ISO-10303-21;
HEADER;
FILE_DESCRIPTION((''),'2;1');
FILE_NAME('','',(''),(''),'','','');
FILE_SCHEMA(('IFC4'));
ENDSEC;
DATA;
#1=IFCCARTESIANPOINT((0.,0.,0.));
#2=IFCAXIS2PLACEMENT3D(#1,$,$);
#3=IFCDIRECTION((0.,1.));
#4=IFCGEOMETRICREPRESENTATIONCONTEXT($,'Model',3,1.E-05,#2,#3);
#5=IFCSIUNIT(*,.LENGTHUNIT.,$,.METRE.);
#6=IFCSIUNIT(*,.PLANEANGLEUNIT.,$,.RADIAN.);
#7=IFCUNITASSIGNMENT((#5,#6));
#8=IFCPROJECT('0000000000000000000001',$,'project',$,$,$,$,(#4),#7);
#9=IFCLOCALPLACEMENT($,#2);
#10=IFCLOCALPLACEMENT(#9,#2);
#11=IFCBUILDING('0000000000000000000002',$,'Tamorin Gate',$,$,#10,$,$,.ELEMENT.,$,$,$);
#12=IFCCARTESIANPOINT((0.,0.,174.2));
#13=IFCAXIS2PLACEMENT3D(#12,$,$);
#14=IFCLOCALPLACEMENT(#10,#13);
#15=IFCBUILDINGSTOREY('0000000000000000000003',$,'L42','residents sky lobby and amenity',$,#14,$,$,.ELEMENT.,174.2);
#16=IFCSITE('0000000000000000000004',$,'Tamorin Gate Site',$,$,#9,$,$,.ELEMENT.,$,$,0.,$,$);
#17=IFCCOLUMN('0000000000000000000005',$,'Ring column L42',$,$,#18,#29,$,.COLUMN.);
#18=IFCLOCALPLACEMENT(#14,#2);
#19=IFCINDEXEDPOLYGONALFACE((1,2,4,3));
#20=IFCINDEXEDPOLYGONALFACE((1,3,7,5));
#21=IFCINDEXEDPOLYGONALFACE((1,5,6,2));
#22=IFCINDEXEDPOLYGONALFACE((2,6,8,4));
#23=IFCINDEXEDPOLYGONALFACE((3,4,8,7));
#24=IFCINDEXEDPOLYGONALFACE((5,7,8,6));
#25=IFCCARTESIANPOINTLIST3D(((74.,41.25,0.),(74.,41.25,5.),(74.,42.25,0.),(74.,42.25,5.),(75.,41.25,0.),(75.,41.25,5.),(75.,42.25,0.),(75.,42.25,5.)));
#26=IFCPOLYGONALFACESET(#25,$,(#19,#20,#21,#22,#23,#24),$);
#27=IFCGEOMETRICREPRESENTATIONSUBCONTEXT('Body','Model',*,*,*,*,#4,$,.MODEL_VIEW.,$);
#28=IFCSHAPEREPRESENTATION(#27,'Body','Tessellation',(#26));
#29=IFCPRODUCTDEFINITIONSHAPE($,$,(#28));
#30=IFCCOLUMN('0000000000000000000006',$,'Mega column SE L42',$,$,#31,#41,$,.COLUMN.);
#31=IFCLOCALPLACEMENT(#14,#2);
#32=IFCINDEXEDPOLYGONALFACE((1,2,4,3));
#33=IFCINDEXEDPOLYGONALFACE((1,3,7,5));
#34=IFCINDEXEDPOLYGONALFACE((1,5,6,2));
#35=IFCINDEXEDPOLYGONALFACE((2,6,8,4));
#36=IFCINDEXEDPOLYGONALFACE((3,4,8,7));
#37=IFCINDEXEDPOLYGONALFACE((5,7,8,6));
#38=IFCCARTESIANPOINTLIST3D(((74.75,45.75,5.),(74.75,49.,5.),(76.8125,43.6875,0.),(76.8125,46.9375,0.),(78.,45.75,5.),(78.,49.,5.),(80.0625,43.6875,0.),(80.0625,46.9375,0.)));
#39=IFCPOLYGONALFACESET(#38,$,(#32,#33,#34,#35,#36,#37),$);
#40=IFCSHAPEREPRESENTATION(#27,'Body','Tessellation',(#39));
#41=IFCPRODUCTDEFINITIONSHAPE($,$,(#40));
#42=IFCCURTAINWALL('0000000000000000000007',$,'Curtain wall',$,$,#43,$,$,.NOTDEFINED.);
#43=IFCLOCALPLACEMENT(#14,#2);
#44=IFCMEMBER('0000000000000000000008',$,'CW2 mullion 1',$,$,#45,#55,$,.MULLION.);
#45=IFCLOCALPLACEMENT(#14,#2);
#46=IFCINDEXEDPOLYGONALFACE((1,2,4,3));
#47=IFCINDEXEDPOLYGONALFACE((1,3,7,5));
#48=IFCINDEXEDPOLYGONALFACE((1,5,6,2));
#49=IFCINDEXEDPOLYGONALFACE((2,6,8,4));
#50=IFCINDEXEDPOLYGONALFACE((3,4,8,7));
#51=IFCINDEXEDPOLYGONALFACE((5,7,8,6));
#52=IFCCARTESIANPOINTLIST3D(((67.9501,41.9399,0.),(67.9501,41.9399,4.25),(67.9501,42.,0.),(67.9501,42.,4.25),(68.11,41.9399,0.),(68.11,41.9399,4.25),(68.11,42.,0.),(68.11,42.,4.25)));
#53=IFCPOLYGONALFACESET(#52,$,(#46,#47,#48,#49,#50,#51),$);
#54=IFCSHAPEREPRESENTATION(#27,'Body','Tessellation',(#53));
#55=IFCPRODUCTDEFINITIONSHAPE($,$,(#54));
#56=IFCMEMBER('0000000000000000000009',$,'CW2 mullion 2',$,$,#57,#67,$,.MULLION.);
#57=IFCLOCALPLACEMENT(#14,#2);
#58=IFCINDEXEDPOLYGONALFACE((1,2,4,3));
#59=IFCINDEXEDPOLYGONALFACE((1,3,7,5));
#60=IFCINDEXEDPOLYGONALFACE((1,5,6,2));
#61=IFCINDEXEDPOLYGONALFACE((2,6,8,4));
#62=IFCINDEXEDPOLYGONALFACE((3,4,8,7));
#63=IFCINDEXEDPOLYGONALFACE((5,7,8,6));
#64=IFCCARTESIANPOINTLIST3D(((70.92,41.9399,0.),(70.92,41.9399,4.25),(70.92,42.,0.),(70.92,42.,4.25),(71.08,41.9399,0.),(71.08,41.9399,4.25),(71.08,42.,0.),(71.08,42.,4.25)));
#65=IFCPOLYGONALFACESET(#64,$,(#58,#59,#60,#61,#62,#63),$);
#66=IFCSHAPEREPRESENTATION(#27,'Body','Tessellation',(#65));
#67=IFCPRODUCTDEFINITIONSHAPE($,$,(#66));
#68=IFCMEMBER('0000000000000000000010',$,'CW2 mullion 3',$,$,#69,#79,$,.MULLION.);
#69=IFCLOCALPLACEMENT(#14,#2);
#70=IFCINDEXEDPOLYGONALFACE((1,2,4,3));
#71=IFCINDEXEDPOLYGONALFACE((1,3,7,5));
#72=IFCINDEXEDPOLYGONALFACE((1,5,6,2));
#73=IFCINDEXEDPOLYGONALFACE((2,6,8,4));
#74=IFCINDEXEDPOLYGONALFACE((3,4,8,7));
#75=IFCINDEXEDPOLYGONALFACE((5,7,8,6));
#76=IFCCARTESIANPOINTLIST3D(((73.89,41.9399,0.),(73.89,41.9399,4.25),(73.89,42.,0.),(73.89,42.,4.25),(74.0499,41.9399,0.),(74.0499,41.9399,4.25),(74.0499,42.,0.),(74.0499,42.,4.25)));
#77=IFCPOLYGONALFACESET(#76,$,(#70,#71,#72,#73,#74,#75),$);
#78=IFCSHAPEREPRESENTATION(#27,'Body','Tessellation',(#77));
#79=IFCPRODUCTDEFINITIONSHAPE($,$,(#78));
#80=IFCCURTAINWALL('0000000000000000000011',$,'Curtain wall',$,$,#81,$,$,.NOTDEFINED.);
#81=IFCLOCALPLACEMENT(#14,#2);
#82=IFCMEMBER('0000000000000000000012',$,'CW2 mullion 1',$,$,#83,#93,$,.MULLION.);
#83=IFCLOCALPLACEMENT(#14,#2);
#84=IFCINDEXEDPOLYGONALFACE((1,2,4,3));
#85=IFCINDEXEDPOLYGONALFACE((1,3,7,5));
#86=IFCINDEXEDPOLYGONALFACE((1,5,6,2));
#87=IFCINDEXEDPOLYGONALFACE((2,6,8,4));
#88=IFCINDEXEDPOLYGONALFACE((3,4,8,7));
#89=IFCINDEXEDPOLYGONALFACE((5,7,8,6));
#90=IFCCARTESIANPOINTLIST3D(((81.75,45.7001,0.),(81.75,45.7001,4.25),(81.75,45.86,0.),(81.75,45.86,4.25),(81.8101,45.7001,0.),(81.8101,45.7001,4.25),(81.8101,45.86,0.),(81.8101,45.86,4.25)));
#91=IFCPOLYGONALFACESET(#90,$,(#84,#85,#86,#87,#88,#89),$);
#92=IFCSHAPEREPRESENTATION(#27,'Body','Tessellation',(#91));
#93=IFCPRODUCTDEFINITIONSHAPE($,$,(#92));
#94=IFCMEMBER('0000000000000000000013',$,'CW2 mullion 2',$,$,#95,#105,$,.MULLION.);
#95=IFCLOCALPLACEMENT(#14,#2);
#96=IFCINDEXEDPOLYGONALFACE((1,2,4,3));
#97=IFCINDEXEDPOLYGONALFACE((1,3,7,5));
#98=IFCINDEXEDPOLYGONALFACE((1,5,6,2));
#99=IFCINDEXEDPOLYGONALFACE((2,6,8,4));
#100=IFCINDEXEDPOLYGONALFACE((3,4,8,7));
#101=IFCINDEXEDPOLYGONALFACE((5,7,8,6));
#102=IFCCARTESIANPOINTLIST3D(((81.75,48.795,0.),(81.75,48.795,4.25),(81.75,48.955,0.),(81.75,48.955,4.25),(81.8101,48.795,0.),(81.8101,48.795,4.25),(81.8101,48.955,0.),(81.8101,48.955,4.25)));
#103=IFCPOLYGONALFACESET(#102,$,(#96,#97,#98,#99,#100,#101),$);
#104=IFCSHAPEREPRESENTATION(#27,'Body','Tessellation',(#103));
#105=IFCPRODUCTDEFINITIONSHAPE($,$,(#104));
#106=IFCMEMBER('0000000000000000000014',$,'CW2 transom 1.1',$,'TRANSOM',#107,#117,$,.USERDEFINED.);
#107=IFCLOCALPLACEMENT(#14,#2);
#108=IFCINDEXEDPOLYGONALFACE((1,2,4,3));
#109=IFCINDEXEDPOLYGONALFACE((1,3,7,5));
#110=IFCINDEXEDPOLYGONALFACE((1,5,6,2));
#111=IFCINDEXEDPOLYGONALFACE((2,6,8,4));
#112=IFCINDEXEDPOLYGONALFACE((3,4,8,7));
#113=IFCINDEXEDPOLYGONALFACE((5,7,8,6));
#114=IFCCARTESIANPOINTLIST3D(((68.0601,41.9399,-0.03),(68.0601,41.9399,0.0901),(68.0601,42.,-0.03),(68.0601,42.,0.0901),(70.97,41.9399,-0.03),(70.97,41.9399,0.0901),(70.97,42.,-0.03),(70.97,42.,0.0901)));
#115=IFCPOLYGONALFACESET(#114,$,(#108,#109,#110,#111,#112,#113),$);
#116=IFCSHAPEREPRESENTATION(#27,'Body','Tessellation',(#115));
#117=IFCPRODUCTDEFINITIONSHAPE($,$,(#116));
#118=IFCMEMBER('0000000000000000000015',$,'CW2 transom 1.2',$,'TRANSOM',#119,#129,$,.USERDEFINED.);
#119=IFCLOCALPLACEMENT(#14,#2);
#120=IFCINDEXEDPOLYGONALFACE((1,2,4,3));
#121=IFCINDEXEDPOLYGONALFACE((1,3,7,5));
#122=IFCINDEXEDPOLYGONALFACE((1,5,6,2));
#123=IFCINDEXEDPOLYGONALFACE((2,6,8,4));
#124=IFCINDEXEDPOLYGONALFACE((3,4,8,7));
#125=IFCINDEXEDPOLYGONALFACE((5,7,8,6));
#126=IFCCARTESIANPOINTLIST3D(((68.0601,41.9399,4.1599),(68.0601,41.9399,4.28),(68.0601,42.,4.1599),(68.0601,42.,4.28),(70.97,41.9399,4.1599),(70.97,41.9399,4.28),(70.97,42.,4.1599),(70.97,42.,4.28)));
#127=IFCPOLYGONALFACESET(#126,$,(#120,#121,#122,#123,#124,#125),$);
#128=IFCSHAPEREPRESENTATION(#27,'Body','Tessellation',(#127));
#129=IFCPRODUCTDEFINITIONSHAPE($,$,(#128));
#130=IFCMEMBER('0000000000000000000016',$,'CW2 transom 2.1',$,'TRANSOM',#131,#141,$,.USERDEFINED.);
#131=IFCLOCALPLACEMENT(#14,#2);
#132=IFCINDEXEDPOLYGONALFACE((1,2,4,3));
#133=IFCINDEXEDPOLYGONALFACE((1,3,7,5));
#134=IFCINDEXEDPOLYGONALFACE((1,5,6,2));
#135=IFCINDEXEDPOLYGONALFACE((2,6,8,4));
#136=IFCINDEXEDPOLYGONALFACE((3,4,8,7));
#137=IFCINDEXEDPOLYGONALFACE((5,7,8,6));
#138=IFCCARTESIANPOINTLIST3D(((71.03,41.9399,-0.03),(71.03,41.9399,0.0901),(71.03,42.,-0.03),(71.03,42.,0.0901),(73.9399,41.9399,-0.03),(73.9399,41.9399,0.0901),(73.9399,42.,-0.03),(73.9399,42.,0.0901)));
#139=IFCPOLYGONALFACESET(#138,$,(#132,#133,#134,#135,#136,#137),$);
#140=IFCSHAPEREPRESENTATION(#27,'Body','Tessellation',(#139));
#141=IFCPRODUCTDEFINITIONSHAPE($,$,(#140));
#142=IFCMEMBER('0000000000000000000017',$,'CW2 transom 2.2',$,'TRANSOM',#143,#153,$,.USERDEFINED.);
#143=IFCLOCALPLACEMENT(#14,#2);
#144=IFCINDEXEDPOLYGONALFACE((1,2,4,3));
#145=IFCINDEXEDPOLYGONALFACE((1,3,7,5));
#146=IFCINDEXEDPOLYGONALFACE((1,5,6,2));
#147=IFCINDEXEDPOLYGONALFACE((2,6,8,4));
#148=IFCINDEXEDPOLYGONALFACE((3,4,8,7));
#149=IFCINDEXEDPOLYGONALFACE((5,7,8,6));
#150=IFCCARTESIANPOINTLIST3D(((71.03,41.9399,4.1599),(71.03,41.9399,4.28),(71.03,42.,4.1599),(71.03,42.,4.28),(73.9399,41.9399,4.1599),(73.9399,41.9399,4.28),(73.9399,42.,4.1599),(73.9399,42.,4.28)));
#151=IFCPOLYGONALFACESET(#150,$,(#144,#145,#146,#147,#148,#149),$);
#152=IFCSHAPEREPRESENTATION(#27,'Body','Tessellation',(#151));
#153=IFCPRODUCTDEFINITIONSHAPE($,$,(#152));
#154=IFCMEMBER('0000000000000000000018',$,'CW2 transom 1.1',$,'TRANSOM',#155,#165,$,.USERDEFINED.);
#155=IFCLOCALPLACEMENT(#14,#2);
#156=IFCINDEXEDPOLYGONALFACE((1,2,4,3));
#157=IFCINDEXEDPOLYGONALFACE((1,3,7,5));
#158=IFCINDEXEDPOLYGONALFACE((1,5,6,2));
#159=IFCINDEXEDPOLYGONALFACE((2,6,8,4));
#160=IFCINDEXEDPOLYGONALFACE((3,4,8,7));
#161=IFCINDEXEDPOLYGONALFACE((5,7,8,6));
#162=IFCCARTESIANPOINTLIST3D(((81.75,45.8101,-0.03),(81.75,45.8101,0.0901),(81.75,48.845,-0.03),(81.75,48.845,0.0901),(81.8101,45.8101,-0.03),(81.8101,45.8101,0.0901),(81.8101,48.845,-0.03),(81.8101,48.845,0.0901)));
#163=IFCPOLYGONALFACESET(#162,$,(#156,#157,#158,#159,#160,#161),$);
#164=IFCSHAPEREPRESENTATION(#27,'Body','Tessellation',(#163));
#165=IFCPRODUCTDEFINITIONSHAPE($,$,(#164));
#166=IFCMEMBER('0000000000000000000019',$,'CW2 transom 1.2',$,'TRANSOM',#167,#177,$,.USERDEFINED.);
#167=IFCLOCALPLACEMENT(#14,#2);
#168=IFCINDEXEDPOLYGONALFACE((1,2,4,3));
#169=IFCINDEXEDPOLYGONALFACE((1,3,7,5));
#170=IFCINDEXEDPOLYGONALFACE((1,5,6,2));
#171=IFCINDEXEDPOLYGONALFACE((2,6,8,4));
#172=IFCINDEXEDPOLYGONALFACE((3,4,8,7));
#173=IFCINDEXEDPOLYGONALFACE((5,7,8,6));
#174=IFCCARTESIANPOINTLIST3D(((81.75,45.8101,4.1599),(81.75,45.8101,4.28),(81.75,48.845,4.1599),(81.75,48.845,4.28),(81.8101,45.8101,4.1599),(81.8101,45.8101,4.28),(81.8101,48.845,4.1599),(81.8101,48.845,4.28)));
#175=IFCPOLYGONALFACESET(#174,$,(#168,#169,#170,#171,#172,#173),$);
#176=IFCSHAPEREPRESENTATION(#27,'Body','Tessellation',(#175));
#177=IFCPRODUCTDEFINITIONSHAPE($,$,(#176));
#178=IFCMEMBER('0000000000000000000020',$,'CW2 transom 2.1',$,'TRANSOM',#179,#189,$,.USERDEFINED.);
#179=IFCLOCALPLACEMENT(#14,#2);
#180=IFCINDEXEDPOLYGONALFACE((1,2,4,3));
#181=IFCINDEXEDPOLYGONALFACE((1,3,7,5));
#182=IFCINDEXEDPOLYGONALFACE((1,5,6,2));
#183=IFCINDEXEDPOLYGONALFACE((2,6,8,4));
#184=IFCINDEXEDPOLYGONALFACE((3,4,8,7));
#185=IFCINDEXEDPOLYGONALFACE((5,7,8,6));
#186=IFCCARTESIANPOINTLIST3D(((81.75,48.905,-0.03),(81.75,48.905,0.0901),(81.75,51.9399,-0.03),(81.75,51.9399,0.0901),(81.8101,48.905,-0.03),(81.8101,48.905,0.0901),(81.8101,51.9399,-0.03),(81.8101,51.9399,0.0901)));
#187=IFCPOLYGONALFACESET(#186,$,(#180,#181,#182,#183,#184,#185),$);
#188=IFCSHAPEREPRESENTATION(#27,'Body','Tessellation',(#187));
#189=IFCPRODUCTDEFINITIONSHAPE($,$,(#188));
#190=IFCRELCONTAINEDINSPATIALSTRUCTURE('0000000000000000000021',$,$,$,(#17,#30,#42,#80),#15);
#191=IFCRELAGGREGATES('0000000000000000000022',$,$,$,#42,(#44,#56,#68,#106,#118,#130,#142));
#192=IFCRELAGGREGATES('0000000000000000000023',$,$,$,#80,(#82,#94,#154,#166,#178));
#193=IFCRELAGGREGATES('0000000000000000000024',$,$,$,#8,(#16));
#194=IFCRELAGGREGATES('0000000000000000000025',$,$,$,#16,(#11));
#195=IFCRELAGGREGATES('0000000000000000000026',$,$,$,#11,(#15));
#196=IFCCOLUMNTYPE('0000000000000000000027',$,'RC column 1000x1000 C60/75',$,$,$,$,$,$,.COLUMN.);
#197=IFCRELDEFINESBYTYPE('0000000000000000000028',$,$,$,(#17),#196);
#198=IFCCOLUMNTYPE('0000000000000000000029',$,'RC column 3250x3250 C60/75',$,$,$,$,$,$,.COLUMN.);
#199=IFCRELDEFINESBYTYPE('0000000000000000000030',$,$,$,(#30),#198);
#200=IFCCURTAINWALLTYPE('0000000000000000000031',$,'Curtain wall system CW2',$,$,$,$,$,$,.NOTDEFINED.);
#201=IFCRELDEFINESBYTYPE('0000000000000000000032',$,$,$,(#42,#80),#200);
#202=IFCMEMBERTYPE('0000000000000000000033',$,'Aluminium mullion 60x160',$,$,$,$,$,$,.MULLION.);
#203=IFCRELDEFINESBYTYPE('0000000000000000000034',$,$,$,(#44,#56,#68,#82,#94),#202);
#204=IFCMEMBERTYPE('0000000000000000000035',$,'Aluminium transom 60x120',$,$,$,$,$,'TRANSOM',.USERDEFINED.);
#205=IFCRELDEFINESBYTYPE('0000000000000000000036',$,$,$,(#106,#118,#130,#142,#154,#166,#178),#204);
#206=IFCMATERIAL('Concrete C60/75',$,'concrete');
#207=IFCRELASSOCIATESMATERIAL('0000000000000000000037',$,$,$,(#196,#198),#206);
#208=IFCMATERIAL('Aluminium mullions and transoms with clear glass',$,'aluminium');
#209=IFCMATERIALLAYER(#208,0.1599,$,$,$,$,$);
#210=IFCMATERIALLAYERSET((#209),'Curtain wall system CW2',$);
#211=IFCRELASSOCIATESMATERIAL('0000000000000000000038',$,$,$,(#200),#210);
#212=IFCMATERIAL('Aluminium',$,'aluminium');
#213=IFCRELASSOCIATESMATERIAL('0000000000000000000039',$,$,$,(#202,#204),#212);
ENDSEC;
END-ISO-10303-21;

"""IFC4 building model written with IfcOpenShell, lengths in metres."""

from ifc_helpers import new_model, si_unit, direction, frame, origin, origin_2d, place, context, subcontext, project, spatial, rectangle, extrude, material, layer, layer_set, material_profile, profile_set, type_object, element, aggregate, save


model = new_model("IFC4")

# Units and contexts
model_context = context("Model", 3, precision=1e-05, world=origin(), true_north=direction((0.0, 1.0)))
body_context = subcontext(model_context, "Body", "Model", "MODEL_VIEW")
ifc_project = project(units=[si_unit("LENGTHUNIT", "METRE"), si_unit("PLANEANGLEUNIT", "RADIAN")], contexts=[model_context])

# Site, building, storey
site_placement = place(None, origin())
site = spatial("IfcSite", under=ifc_project, at=site_placement, Name="Tamorin Gate Site", CompositionType="ELEMENT", RefElevation=0.0)
building_placement = place(site_placement, origin())
building = spatial("IfcBuilding", under=site, at=building_placement, Name="Tamorin Gate", CompositionType="ELEMENT")
storey_placement = place(building_placement, frame((0.0, 0.0, 174.2)))
storey = spatial("IfcBuildingStorey", under=building, at=storey_placement, Name="L42", Description="residents sky lobby and amenity", CompositionType="ELEMENT", Elevation=174.2)

# Columns
ifc_material_1 = material(Name="Concrete C60/75", Category="concrete")
ifc_material_profile_1 = material_profile(ifc_material_1, rectangle(XDim=1.0, YDim=1.0, at=origin_2d()), Name="RC 1000x1000")
ifc_profile_set_1 = profile_set([ifc_material_profile_1], Name="Concrete C60/75")
column_type_1 = type_object("IfcColumnType", Name="RC column 1000x1000 C60/75", PredefinedType="COLUMN", material=ifc_profile_set_1)
column_1_placement = place(storey_placement, frame((74.5, 41.75, 0.0), z_axis=(0.0, 0.0, 1.0), x_axis=(1.0, 0.0, 0.0)))
element("IfcColumn", 1, at=column_1_placement, inside=storey, type_object=column_type_1, Name="Ring column L42", PredefinedType="COLUMN", context=body_context, shape_type="SweptSolid", body=[
    extrude(rectangle(XDim=1.0, YDim=1.0, at=origin_2d()), origin(), (0.0, 0.0, 1.0), 5.0),
])
ifc_material_profile_2 = material_profile(ifc_material_1, rectangle(XDim=3.25, YDim=3.25, at=origin_2d()), Name="RC 3250x3250")
ifc_profile_set_2 = profile_set([ifc_material_profile_2], Name="Concrete C60/75")
column_type_2 = type_object("IfcColumnType", Name="RC column 3250x3250 C60/75", PredefinedType="COLUMN", material=ifc_profile_set_2)
column_2_placement = place(storey_placement, frame((78.4375, 45.3125, 0.0), z_axis=(0.0, 0.0, 1.0), x_axis=(0.0, 1.0, 0.0)))
element("IfcColumn", 2, at=column_2_placement, inside=storey, type_object=column_type_2, Name="Mega column SE L42", PredefinedType="COLUMN", context=body_context, shape_type="SweptSolid", body=[
    extrude(rectangle(XDim=3.25, YDim=3.25, at=origin_2d()), origin(), (0.356304, 0.356304, 0.863768), 5.7886),
])

# Curtain walls, members
ifc_material_2 = material(Name="Aluminium mullions and transoms with clear glass", Category="aluminium")
ifc_layer_1 = layer(ifc_material_2, 0.1599)
ifc_layer_set_1 = layer_set([ifc_layer_1], Name="Curtain wall system CW2")
curtain_wall_type = type_object("IfcCurtainWallType", Name="Curtain wall system CW2", PredefinedType="NOTDEFINED", material=ifc_layer_set_1)
curtain_wall_1_placement = place(storey_placement, origin())
curtain_wall_1 = element("IfcCurtainWall", 3, at=curtain_wall_1_placement, inside=storey, type_object=curtain_wall_type, Name="Curtain wall", PredefinedType="NOTDEFINED")
ifc_material_3 = material(Name="Aluminium", Category="aluminium")
ifc_material_profile_3 = material_profile(ifc_material_3, rectangle(XDim=0.0601, YDim=0.1599, at=origin_2d()), Name="RECT 60x160")
ifc_profile_set_3 = profile_set([ifc_material_profile_3], Name="Aluminium")
member_type_1 = type_object("IfcMemberType", Name="Aluminium mullion 60x160", PredefinedType="MULLION", material=ifc_profile_set_3)
member_1_placement = place(storey_placement, frame((68.03, 41.97, 0.0), z_axis=(0.0, 0.0, 1.0), x_axis=(0.0, 1.0, 0.0)))
member_1 = element("IfcMember", 4, at=member_1_placement, type_object=member_type_1, Name="CW2 mullion 1", PredefinedType="MULLION", context=body_context, shape_type="SweptSolid", body=[
    extrude(rectangle(XDim=0.0601, YDim=0.1599, at=origin_2d()), origin(), (0.0, 0.0, 1.0), 4.25),
])
member_2_placement = place(storey_placement, frame((71.0, 41.97, 0.0), z_axis=(0.0, 0.0, 1.0), x_axis=(0.0, 1.0, 0.0)))
member_2 = element("IfcMember", 5, at=member_2_placement, type_object=member_type_1, Name="CW2 mullion 2", PredefinedType="MULLION", context=body_context, shape_type="SweptSolid", body=[
    extrude(rectangle(XDim=0.0601, YDim=0.1599, at=origin_2d()), origin(), (0.0, 0.0, 1.0), 4.25),
])
member_3_placement = place(storey_placement, frame((73.97, 41.97, 0.0), z_axis=(0.0, 0.0, 1.0), x_axis=(0.0, 1.0, 0.0)))
member_3 = element("IfcMember", 6, at=member_3_placement, type_object=member_type_1, Name="CW2 mullion 3", PredefinedType="MULLION", context=body_context, shape_type="SweptSolid", body=[
    extrude(rectangle(XDim=0.0601, YDim=0.1599, at=origin_2d()), origin(), (0.0, 0.0, 1.0), 4.25),
])
curtain_wall_2_placement = place(storey_placement, origin())
curtain_wall_2 = element("IfcCurtainWall", 7, at=curtain_wall_2_placement, inside=storey, type_object=curtain_wall_type, Name="Curtain wall", PredefinedType="NOTDEFINED")
member_4_placement = place(storey_placement, frame((81.78, 45.78, 0.0), z_axis=(0.0, 0.0, 1.0), x_axis=(-1.0, 0.0, 0.0)))
member_4 = element("IfcMember", 8, at=member_4_placement, type_object=member_type_1, Name="CW2 mullion 1", PredefinedType="MULLION", context=body_context, shape_type="SweptSolid", body=[
    extrude(rectangle(XDim=0.0601, YDim=0.1599, at=origin_2d()), origin(), (0.0, 0.0, 1.0), 4.25),
])
member_5_placement = place(storey_placement, frame((81.78, 48.875, 0.0), z_axis=(0.0, 0.0, 1.0), x_axis=(-1.0, 0.0, 0.0)))
member_5 = element("IfcMember", 9, at=member_5_placement, type_object=member_type_1, Name="CW2 mullion 2", PredefinedType="MULLION", context=body_context, shape_type="SweptSolid", body=[
    extrude(rectangle(XDim=0.0601, YDim=0.1599, at=origin_2d()), origin(), (0.0, 0.0, 1.0), 4.25),
])

# Members
ifc_material_profile_4 = material_profile(ifc_material_3, rectangle(XDim=0.0601, YDim=0.1201, at=origin_2d()), Name="RECT 60x120")
ifc_profile_set_4 = profile_set([ifc_material_profile_4], Name="Aluminium")
member_type_2 = type_object("IfcMemberType", Name="Aluminium transom 60x120", ElementType="TRANSOM", PredefinedType="USERDEFINED", material=ifc_profile_set_4)
member_6_placement = place(storey_placement, frame((68.0601, 41.97, 0.03), z_axis=(1.0, 0.0, 0.0), x_axis=(0.0, 1.0, 0.0)))
member_6 = element("IfcMember", 10, at=member_6_placement, type_object=member_type_2, Name="CW2 transom 1.1", ObjectType="TRANSOM", PredefinedType="USERDEFINED", context=body_context, shape_type="SweptSolid", body=[
    extrude(rectangle(XDim=0.0601, YDim=0.1201, at=origin_2d()), origin(), (0.0, 0.0, 1.0), 2.9099),
])
member_7_placement = place(storey_placement, frame((68.0601, 41.97, 4.22), z_axis=(1.0, 0.0, 0.0), x_axis=(0.0, 1.0, 0.0)))
member_7 = element("IfcMember", 11, at=member_7_placement, type_object=member_type_2, Name="CW2 transom 1.2", ObjectType="TRANSOM", PredefinedType="USERDEFINED", context=body_context, shape_type="SweptSolid", body=[
    extrude(rectangle(XDim=0.0601, YDim=0.1201, at=origin_2d()), origin(), (0.0, 0.0, 1.0), 2.9099),
])
member_8_placement = place(storey_placement, frame((71.03, 41.97, 0.03), z_axis=(1.0, 0.0, 0.0), x_axis=(0.0, 1.0, 0.0)))
member_8 = element("IfcMember", 12, at=member_8_placement, type_object=member_type_2, Name="CW2 transom 2.1", ObjectType="TRANSOM", PredefinedType="USERDEFINED", context=body_context, shape_type="SweptSolid", body=[
    extrude(rectangle(XDim=0.0601, YDim=0.1201, at=origin_2d()), origin(), (0.0, 0.0, 1.0), 2.9099),
])
member_9_placement = place(storey_placement, frame((71.03, 41.97, 4.22), z_axis=(1.0, 0.0, 0.0), x_axis=(0.0, 1.0, 0.0)))
member_9 = element("IfcMember", 13, at=member_9_placement, type_object=member_type_2, Name="CW2 transom 2.2", ObjectType="TRANSOM", PredefinedType="USERDEFINED", context=body_context, shape_type="SweptSolid", body=[
    extrude(rectangle(XDim=0.0601, YDim=0.1201, at=origin_2d()), origin(), (0.0, 0.0, 1.0), 2.9099),
])
member_10_placement = place(storey_placement, frame((81.78, 45.8101, 0.03), z_axis=(0.0, 1.0, 0.0), x_axis=(-1.0, 0.0, 0.0)))
member_10 = element("IfcMember", 14, at=member_10_placement, type_object=member_type_2, Name="CW2 transom 1.1", ObjectType="TRANSOM", PredefinedType="USERDEFINED", context=body_context, shape_type="SweptSolid", body=[
    extrude(rectangle(XDim=0.0601, YDim=0.1201, at=origin_2d()), origin(), (0.0, 0.0, 1.0), 3.0349),
])
member_11_placement = place(storey_placement, frame((81.78, 45.8101, 4.22), z_axis=(0.0, 1.0, 0.0), x_axis=(-1.0, 0.0, 0.0)))
member_11 = element("IfcMember", 15, at=member_11_placement, type_object=member_type_2, Name="CW2 transom 1.2", ObjectType="TRANSOM", PredefinedType="USERDEFINED", context=body_context, shape_type="SweptSolid", body=[
    extrude(rectangle(XDim=0.0601, YDim=0.1201, at=origin_2d()), origin(), (0.0, 0.0, 1.0), 3.0349),
])
member_12_placement = place(storey_placement, frame((81.78, 48.905, 0.03), z_axis=(0.0, 1.0, 0.0), x_axis=(-1.0, 0.0, 0.0)))
member_12 = element("IfcMember", 16, at=member_12_placement, type_object=member_type_2, Name="CW2 transom 2.1", ObjectType="TRANSOM", PredefinedType="USERDEFINED", context=body_context, shape_type="SweptSolid", body=[
    extrude(rectangle(XDim=0.0601, YDim=0.1201, at=origin_2d()), origin(), (0.0, 0.0, 1.0), 3.0349),
])

aggregate(curtain_wall_1, [member_1, member_2, member_3, member_6, member_7, member_8, member_9])
aggregate(curtain_wall_2, [member_4, member_5, member_10, member_11, member_12])

save(model, "model.ifc")
